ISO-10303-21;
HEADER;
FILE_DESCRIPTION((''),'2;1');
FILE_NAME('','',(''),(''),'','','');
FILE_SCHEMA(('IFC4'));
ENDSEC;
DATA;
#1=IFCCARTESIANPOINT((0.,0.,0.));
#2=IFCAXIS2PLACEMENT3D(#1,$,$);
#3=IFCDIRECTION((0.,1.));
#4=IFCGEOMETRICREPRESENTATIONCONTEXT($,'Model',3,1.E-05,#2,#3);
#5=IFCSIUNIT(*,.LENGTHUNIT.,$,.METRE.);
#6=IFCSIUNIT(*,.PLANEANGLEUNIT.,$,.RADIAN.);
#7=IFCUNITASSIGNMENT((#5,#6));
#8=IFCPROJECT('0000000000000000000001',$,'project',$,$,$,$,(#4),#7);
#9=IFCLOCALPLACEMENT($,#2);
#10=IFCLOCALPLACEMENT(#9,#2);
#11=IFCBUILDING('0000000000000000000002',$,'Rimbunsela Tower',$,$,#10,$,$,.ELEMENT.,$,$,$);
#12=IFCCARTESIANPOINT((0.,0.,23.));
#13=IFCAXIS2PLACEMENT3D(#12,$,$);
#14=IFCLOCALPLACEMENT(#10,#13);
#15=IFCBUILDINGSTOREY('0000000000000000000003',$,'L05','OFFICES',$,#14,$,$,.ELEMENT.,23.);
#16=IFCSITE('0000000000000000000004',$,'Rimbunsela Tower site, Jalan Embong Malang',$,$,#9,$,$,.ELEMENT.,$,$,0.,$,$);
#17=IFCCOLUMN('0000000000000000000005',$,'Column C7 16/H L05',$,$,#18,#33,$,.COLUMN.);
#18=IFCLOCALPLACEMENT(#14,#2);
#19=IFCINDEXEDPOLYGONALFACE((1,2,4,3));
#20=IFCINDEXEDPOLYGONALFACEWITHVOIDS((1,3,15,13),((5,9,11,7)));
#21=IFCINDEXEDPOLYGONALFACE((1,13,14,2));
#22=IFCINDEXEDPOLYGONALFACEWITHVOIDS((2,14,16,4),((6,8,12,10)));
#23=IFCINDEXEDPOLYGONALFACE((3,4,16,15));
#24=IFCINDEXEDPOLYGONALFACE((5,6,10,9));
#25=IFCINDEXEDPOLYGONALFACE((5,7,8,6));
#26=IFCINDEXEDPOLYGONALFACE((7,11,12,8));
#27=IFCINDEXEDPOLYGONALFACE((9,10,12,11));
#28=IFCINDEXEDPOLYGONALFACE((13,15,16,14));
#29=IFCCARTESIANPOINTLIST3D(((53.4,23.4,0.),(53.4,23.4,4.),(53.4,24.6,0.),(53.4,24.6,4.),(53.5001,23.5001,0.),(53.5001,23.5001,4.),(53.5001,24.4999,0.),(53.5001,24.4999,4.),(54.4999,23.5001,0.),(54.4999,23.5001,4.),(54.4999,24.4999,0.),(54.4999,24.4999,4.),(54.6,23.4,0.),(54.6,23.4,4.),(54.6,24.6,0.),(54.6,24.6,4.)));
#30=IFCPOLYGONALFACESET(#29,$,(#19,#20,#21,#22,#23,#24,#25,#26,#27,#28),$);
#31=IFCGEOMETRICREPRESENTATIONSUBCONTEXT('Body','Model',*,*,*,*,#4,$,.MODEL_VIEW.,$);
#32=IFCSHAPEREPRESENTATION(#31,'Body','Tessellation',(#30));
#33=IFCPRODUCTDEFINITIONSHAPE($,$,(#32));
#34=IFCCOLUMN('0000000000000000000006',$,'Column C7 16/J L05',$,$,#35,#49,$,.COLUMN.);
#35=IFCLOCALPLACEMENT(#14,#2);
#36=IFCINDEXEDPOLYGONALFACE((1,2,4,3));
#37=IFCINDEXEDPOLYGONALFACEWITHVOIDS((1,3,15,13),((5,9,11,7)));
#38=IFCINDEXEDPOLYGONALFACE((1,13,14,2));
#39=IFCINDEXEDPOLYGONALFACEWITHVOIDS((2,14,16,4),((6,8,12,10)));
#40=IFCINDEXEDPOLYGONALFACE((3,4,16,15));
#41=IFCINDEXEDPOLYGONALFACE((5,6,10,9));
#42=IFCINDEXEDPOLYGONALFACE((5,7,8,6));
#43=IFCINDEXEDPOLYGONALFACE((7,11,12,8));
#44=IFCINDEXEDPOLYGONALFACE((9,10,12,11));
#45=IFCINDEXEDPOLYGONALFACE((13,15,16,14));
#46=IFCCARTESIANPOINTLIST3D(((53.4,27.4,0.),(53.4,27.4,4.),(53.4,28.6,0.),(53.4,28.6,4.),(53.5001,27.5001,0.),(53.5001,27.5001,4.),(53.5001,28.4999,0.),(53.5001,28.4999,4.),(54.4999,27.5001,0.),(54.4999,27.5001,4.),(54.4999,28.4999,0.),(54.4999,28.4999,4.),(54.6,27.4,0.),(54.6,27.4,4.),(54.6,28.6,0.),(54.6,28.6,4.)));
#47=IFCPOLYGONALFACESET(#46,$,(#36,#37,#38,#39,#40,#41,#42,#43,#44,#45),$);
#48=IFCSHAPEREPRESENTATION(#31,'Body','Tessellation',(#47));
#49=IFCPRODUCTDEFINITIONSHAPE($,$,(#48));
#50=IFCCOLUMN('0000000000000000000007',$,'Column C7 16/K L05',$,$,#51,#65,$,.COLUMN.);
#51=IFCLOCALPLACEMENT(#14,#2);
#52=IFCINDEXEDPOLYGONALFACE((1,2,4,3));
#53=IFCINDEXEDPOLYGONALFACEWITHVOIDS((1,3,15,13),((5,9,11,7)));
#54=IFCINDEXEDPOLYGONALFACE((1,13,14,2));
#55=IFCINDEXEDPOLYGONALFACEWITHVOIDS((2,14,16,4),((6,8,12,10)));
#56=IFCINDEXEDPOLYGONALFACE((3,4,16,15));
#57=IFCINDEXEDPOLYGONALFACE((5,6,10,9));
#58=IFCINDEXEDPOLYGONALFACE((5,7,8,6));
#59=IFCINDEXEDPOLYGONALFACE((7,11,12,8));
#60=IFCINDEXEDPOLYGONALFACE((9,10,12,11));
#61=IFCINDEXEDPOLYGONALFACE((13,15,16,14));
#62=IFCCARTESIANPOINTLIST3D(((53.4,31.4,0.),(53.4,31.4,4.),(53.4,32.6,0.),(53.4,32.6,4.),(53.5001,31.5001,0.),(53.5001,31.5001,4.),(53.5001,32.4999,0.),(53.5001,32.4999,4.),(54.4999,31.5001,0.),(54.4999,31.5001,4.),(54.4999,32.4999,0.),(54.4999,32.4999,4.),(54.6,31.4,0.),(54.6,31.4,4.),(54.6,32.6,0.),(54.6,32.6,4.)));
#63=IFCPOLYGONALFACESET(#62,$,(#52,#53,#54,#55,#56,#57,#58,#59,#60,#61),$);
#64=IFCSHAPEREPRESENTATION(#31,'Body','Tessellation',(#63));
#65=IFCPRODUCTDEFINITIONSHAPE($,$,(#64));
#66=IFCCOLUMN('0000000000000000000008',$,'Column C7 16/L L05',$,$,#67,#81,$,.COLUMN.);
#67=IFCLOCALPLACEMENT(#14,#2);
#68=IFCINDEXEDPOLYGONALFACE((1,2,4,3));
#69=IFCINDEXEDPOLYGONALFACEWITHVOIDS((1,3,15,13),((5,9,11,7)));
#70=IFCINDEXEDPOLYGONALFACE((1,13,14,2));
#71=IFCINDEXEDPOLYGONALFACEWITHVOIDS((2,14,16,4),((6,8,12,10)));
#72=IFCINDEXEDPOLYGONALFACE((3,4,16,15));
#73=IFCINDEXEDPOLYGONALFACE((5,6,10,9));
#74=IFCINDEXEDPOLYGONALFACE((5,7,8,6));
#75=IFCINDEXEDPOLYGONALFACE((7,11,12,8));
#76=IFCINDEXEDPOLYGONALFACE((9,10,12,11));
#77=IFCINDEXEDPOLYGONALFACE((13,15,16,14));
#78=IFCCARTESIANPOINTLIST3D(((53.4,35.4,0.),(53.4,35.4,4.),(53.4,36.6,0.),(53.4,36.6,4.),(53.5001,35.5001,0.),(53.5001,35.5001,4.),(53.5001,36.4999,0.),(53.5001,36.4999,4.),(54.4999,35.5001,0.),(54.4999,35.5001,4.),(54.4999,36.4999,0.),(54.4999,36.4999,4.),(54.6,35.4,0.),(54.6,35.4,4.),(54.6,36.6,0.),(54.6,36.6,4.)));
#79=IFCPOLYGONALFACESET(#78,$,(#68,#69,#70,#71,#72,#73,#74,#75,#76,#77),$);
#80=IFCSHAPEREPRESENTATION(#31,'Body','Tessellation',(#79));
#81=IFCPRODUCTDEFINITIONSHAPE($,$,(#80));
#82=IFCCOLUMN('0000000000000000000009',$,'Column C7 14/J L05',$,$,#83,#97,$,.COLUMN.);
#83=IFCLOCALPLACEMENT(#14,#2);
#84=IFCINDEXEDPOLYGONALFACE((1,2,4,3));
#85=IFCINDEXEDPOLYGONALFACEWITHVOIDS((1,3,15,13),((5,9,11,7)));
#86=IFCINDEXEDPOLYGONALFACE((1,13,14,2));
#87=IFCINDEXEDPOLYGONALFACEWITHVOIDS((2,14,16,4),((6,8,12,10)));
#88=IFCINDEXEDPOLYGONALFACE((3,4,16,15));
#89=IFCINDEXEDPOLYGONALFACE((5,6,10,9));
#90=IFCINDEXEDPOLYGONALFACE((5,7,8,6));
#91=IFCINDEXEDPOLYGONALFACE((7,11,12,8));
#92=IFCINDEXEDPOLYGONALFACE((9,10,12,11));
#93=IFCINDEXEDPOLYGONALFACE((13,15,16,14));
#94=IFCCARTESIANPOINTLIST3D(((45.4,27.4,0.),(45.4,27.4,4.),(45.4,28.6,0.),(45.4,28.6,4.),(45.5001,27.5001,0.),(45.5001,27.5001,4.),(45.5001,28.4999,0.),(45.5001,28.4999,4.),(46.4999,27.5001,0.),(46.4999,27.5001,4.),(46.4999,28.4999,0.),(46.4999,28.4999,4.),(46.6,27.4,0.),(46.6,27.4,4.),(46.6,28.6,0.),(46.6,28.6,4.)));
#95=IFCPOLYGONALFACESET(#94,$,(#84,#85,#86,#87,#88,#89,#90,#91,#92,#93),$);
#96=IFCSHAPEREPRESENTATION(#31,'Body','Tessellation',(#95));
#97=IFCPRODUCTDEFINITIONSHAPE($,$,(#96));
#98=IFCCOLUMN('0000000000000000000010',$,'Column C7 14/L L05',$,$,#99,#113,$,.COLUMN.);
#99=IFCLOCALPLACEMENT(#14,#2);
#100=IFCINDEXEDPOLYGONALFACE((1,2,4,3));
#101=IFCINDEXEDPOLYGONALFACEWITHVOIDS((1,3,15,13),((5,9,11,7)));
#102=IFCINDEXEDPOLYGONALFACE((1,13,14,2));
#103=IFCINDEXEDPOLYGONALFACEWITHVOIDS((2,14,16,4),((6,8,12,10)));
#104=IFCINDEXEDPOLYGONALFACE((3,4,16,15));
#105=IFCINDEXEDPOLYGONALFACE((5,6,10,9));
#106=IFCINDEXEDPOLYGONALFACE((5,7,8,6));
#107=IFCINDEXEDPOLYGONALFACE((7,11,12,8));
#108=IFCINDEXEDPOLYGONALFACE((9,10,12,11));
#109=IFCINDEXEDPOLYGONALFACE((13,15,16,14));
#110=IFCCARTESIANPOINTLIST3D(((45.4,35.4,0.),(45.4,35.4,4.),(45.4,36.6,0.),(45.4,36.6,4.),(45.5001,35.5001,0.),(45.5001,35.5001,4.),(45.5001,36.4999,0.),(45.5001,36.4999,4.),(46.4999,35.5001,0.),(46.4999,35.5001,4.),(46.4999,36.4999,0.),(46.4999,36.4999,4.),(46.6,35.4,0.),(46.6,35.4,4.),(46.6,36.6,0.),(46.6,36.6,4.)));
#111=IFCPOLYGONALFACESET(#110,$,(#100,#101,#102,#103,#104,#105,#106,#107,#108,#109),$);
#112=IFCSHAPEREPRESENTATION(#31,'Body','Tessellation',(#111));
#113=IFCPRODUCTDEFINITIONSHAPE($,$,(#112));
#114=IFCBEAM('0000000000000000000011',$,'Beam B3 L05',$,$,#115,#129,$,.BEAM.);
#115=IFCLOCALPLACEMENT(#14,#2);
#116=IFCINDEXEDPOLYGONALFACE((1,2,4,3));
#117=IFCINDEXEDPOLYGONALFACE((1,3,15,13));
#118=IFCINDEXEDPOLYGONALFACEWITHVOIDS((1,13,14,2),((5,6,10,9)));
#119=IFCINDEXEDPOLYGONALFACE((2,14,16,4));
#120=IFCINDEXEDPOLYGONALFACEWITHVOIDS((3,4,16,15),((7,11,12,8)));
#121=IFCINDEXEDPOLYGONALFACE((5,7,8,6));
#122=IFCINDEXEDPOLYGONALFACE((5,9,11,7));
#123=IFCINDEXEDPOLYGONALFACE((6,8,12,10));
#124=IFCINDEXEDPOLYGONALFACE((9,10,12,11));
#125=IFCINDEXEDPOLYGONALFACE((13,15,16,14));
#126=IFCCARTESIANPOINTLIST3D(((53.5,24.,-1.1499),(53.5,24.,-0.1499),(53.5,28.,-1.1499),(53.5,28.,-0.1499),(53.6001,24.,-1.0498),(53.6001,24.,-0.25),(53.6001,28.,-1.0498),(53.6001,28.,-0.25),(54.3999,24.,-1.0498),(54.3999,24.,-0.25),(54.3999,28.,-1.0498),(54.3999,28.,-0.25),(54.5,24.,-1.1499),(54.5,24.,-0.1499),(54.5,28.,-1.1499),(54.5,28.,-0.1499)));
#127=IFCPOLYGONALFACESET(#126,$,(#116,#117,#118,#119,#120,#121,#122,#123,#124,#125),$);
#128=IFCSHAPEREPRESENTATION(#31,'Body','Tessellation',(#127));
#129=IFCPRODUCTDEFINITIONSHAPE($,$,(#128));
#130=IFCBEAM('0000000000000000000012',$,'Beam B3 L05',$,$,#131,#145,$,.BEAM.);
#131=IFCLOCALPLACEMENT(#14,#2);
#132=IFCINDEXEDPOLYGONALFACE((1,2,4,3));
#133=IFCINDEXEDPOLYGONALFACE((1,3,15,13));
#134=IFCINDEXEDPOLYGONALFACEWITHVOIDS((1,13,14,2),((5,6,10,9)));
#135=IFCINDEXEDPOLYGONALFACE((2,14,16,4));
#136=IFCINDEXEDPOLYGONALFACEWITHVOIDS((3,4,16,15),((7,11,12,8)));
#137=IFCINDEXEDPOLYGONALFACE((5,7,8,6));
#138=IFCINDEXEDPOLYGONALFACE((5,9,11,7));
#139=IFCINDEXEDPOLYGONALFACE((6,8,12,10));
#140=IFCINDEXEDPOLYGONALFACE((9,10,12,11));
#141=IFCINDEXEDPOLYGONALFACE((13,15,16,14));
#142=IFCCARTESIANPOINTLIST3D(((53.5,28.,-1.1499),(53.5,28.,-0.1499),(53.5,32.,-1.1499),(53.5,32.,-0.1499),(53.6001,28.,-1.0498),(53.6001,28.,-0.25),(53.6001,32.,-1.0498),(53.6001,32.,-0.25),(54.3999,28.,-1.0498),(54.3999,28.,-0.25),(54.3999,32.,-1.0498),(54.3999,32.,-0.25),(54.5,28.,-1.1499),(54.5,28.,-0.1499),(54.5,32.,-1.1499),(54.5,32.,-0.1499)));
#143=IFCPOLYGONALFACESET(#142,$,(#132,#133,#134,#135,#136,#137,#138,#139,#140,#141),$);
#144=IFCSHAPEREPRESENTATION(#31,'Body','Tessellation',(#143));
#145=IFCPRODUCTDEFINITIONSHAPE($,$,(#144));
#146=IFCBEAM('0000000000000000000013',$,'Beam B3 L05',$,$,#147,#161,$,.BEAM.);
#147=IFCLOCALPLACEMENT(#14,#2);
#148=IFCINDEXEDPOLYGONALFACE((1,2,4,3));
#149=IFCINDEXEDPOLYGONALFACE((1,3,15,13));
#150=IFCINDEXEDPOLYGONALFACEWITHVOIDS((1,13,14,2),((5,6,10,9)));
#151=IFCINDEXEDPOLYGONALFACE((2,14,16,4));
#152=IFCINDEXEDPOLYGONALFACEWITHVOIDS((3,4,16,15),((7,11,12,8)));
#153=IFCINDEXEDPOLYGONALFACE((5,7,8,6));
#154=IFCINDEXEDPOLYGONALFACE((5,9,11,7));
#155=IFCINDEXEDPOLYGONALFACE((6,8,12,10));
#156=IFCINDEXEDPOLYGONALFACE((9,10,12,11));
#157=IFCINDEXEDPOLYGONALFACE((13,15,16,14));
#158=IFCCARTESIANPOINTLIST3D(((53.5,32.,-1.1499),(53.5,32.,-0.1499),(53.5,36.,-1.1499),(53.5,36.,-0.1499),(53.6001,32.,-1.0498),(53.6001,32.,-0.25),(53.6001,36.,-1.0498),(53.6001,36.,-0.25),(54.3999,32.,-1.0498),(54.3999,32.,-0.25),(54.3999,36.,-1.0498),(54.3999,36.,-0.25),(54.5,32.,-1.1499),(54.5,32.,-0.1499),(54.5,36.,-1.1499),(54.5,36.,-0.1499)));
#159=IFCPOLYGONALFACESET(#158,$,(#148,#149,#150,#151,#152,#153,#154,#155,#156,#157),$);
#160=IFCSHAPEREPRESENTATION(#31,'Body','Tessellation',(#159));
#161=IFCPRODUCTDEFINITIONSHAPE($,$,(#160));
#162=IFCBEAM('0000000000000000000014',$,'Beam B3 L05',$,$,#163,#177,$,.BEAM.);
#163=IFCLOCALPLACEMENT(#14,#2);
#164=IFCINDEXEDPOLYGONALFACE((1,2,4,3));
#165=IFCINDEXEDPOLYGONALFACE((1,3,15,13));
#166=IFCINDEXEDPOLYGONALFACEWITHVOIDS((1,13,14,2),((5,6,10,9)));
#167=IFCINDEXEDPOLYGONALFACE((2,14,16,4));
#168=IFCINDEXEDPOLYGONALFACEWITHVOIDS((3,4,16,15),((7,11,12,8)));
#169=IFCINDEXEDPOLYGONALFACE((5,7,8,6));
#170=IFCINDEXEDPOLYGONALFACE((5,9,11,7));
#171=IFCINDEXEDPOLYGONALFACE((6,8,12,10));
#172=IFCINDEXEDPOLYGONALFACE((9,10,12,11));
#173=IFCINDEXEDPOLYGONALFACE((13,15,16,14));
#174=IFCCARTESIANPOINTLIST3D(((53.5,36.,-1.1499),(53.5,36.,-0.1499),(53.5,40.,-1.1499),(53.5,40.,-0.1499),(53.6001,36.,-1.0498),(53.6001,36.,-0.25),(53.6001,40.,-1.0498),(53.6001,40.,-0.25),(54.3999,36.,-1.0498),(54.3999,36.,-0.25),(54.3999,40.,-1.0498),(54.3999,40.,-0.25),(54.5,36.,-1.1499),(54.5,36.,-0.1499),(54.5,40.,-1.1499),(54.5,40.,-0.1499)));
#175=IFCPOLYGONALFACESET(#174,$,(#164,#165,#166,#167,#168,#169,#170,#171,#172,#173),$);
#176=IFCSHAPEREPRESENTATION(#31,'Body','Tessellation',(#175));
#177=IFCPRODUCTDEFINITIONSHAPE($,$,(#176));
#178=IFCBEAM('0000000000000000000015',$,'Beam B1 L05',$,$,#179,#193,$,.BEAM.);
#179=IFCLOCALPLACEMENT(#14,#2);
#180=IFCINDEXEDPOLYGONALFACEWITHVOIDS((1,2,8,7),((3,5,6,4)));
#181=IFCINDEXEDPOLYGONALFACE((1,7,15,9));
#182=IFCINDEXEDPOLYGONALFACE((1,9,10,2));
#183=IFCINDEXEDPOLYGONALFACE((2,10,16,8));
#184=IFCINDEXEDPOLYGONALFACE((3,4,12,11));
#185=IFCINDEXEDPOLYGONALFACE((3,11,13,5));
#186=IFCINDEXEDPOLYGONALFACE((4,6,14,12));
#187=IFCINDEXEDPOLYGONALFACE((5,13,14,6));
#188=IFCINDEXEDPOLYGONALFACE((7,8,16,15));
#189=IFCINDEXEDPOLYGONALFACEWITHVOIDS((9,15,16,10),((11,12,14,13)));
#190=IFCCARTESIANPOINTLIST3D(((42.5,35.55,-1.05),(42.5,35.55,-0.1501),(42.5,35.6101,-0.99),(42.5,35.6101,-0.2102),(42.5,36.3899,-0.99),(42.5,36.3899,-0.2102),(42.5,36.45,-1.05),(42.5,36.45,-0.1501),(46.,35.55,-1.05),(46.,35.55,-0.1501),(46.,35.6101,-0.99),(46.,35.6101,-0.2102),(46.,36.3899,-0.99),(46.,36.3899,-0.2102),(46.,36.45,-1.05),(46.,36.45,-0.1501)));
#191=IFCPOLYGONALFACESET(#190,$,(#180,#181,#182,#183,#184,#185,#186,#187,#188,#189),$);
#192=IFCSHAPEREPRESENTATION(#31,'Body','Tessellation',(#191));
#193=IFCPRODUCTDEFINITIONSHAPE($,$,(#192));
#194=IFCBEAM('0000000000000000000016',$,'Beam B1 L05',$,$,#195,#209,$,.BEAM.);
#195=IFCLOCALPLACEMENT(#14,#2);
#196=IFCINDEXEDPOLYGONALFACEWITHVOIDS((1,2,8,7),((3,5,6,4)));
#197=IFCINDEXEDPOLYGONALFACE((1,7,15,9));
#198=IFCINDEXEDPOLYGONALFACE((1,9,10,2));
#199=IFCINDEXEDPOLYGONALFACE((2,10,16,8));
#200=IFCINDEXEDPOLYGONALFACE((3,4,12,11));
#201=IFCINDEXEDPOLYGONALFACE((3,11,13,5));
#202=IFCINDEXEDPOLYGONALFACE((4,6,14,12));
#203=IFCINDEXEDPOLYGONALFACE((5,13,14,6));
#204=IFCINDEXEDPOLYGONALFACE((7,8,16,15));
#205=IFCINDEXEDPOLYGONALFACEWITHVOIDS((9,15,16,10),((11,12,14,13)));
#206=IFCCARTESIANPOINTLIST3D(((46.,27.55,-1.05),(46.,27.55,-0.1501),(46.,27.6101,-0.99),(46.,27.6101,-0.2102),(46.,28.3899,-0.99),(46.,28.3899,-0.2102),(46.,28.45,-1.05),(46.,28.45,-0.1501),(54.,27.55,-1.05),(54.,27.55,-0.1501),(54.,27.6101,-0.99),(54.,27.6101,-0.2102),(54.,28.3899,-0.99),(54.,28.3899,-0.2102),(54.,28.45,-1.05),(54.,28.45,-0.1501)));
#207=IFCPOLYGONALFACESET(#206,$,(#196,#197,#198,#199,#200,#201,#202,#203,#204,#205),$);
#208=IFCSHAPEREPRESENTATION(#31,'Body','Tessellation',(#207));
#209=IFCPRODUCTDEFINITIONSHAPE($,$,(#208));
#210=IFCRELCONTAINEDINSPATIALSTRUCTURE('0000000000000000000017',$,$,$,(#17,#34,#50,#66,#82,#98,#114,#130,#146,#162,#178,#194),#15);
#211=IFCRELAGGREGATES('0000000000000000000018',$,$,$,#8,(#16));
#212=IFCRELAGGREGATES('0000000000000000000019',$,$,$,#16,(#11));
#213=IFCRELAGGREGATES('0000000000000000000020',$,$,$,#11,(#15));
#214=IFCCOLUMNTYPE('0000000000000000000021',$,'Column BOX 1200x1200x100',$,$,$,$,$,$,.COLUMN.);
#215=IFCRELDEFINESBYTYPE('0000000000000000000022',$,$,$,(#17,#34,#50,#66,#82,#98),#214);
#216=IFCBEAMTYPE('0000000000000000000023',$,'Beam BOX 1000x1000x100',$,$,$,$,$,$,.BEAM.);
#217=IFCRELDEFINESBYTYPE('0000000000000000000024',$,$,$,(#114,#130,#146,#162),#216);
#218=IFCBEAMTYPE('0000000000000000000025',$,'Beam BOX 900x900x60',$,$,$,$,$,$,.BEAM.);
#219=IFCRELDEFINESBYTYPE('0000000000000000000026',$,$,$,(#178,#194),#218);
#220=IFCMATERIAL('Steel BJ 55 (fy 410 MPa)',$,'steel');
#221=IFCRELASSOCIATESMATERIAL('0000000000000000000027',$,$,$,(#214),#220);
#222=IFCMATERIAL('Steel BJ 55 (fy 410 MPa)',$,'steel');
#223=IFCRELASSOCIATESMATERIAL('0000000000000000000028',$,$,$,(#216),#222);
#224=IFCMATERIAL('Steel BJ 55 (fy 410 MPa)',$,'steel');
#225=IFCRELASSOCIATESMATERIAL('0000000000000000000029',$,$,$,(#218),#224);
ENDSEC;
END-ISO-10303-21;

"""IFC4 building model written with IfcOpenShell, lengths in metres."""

from ifc_helpers import new_model, si_unit, direction, frame, origin, origin_2d, place, context, subcontext, project, spatial, hollow_rectangle, extrude, material, material_profile, profile_set, type_object, element, save


model = new_model("IFC4")

# Units and contexts
model_context = context("Model", 3, precision=1e-05, world=origin(), true_north=direction((0.0, 1.0)))
body_context = subcontext(model_context, "Body", "Model", "MODEL_VIEW")
ifc_project = project(units=[si_unit("LENGTHUNIT", "METRE"), si_unit("PLANEANGLEUNIT", "RADIAN")], contexts=[model_context])

# Site, building, storey
site_placement = place(None, origin())
site = spatial("IfcSite", under=ifc_project, at=site_placement, Name="Rimbunsela Tower site, Jalan Embong Malang", CompositionType="ELEMENT", RefElevation=0.0)
building_placement = place(site_placement, origin())
building = spatial("IfcBuilding", under=site, at=building_placement, Name="Rimbunsela Tower", CompositionType="ELEMENT")
storey_placement = place(building_placement, frame((0.0, 0.0, 23.0)))
storey = spatial("IfcBuildingStorey", under=building, at=storey_placement, Name="L05", Description="OFFICES", CompositionType="ELEMENT", Elevation=23.0)

# Columns
ifc_material_1 = material(Name="Steel BJ 55 (fy 410 MPa)", Category="steel")
ifc_material_profile_1 = material_profile(ifc_material_1, hollow_rectangle(XDim=1.2, YDim=1.2, WallThickness=0.1001, at=origin_2d()), Name="BOX 1200x1200x100")
ifc_profile_set_1 = profile_set([ifc_material_profile_1], Name="Steel BJ 55 (fy 410 MPa)")
column_type = type_object("IfcColumnType", Name="Column BOX 1200x1200x100", PredefinedType="COLUMN", material=ifc_profile_set_1)
for number, where, z_axis, x_axis, name in (
    (1, (54.0, 24.0, 0.0), (0.0, 0.0, 1.0), (1.0, 0.0, 0.0), "Column C7 16/H L05"),
    (2, (54.0, 28.0, 0.0), (0.0, 0.0, 1.0), (1.0, 0.0, 0.0), "Column C7 16/J L05"),
    (3, (54.0, 32.0, 0.0), (0.0, 0.0, 1.0), (1.0, 0.0, 0.0), "Column C7 16/K L05"),
    (4, (54.0, 36.0, 0.0), (0.0, 0.0, 1.0), (1.0, 0.0, 0.0), "Column C7 16/L L05"),
    (5, (46.0, 28.0, 0.0), (0.0, 0.0, 1.0), (1.0, 0.0, 0.0), "Column C7 14/J L05"),
    (6, (46.0, 36.0, 0.0), (0.0, 0.0, 1.0), (1.0, 0.0, 0.0), "Column C7 14/L L05"),
):
    element("IfcColumn", number, at=place(storey_placement, frame(where, z_axis=z_axis, x_axis=x_axis)), inside=storey, type_object=column_type, Name=name, PredefinedType="COLUMN", context=body_context, shape_type="SweptSolid", body=[
        extrude(hollow_rectangle(XDim=1.2, YDim=1.2, WallThickness=0.1001, at=origin_2d()), origin(), (0.0, 0.0, 1.0), 4.0),
    ])

# Beams
ifc_material_2 = material(Name="Steel BJ 55 (fy 410 MPa)", Category="steel")
ifc_material_profile_2 = material_profile(ifc_material_2, hollow_rectangle(XDim=1.0, YDim=1.0, WallThickness=0.1001, at=origin_2d()), Name="BOX 1000x1000x100")
ifc_profile_set_2 = profile_set([ifc_material_profile_2], Name="Steel BJ 55 (fy 410 MPa)")
beam_type_1 = type_object("IfcBeamType", Name="Beam BOX 1000x1000x100", PredefinedType="BEAM", material=ifc_profile_set_2)
for number, where, z_axis, x_axis, name in (
    (7, (54.0, 24.0, -0.6499), (0.0, 1.0, 0.0), (-1.0, 0.0, 0.0), "Beam B3 L05"),
    (8, (54.0, 28.0, -0.6499), (0.0, 1.0, 0.0), (-1.0, 0.0, 0.0), "Beam B3 L05"),
    (9, (54.0, 32.0, -0.6499), (0.0, 1.0, 0.0), (-1.0, 0.0, 0.0), "Beam B3 L05"),
    (10, (54.0, 36.0, -0.6499), (0.0, 1.0, 0.0), (-1.0, 0.0, 0.0), "Beam B3 L05"),
):
    element("IfcBeam", number, at=place(storey_placement, frame(where, z_axis=z_axis, x_axis=x_axis)), inside=storey, type_object=beam_type_1, Name=name, PredefinedType="BEAM", context=body_context, shape_type="SweptSolid", body=[
        extrude(hollow_rectangle(XDim=1.0, YDim=1.0, WallThickness=0.1001, at=origin_2d()), origin(), (0.0, 0.0, 1.0), 4.0),
    ])
ifc_material_3 = material(Name="Steel BJ 55 (fy 410 MPa)", Category="steel")
ifc_material_profile_3 = material_profile(ifc_material_3, hollow_rectangle(XDim=0.8999, YDim=0.8999, WallThickness=0.0601, at=origin_2d()), Name="BOX 900x900x60")
ifc_profile_set_3 = profile_set([ifc_material_profile_3], Name="Steel BJ 55 (fy 410 MPa)")
beam_type_2 = type_object("IfcBeamType", Name="Beam BOX 900x900x60", PredefinedType="BEAM", material=ifc_profile_set_3)
beam_1_placement = place(storey_placement, frame((42.5, 36.0, -0.6001), z_axis=(1.0, 0.0, 0.0), x_axis=(0.0, 1.0, 0.0)))
element("IfcBeam", 11, at=beam_1_placement, inside=storey, type_object=beam_type_2, Name="Beam B1 L05", PredefinedType="BEAM", context=body_context, shape_type="SweptSolid", body=[
    extrude(hollow_rectangle(XDim=0.8999, YDim=0.8999, WallThickness=0.0601, at=origin_2d()), origin(), (0.0, 0.0, 1.0), 3.5),
])
for number, where, z_axis, x_axis, name in (
    (12, (46.0, 28.0, -0.6001), (1.0, 0.0, 0.0), (0.0, 1.0, 0.0), "Beam B1 L05"),
):
    element("IfcBeam", number, at=place(storey_placement, frame(where, z_axis=z_axis, x_axis=x_axis)), inside=storey, type_object=beam_type_2, Name=name, PredefinedType="BEAM", context=body_context, shape_type="SweptSolid", body=[
        extrude(hollow_rectangle(XDim=0.8999, YDim=0.8999, WallThickness=0.0601, at=origin_2d()), origin(), (0.0, 0.0, 1.0), 8.0),
    ])

save(model, "model.ifc")
